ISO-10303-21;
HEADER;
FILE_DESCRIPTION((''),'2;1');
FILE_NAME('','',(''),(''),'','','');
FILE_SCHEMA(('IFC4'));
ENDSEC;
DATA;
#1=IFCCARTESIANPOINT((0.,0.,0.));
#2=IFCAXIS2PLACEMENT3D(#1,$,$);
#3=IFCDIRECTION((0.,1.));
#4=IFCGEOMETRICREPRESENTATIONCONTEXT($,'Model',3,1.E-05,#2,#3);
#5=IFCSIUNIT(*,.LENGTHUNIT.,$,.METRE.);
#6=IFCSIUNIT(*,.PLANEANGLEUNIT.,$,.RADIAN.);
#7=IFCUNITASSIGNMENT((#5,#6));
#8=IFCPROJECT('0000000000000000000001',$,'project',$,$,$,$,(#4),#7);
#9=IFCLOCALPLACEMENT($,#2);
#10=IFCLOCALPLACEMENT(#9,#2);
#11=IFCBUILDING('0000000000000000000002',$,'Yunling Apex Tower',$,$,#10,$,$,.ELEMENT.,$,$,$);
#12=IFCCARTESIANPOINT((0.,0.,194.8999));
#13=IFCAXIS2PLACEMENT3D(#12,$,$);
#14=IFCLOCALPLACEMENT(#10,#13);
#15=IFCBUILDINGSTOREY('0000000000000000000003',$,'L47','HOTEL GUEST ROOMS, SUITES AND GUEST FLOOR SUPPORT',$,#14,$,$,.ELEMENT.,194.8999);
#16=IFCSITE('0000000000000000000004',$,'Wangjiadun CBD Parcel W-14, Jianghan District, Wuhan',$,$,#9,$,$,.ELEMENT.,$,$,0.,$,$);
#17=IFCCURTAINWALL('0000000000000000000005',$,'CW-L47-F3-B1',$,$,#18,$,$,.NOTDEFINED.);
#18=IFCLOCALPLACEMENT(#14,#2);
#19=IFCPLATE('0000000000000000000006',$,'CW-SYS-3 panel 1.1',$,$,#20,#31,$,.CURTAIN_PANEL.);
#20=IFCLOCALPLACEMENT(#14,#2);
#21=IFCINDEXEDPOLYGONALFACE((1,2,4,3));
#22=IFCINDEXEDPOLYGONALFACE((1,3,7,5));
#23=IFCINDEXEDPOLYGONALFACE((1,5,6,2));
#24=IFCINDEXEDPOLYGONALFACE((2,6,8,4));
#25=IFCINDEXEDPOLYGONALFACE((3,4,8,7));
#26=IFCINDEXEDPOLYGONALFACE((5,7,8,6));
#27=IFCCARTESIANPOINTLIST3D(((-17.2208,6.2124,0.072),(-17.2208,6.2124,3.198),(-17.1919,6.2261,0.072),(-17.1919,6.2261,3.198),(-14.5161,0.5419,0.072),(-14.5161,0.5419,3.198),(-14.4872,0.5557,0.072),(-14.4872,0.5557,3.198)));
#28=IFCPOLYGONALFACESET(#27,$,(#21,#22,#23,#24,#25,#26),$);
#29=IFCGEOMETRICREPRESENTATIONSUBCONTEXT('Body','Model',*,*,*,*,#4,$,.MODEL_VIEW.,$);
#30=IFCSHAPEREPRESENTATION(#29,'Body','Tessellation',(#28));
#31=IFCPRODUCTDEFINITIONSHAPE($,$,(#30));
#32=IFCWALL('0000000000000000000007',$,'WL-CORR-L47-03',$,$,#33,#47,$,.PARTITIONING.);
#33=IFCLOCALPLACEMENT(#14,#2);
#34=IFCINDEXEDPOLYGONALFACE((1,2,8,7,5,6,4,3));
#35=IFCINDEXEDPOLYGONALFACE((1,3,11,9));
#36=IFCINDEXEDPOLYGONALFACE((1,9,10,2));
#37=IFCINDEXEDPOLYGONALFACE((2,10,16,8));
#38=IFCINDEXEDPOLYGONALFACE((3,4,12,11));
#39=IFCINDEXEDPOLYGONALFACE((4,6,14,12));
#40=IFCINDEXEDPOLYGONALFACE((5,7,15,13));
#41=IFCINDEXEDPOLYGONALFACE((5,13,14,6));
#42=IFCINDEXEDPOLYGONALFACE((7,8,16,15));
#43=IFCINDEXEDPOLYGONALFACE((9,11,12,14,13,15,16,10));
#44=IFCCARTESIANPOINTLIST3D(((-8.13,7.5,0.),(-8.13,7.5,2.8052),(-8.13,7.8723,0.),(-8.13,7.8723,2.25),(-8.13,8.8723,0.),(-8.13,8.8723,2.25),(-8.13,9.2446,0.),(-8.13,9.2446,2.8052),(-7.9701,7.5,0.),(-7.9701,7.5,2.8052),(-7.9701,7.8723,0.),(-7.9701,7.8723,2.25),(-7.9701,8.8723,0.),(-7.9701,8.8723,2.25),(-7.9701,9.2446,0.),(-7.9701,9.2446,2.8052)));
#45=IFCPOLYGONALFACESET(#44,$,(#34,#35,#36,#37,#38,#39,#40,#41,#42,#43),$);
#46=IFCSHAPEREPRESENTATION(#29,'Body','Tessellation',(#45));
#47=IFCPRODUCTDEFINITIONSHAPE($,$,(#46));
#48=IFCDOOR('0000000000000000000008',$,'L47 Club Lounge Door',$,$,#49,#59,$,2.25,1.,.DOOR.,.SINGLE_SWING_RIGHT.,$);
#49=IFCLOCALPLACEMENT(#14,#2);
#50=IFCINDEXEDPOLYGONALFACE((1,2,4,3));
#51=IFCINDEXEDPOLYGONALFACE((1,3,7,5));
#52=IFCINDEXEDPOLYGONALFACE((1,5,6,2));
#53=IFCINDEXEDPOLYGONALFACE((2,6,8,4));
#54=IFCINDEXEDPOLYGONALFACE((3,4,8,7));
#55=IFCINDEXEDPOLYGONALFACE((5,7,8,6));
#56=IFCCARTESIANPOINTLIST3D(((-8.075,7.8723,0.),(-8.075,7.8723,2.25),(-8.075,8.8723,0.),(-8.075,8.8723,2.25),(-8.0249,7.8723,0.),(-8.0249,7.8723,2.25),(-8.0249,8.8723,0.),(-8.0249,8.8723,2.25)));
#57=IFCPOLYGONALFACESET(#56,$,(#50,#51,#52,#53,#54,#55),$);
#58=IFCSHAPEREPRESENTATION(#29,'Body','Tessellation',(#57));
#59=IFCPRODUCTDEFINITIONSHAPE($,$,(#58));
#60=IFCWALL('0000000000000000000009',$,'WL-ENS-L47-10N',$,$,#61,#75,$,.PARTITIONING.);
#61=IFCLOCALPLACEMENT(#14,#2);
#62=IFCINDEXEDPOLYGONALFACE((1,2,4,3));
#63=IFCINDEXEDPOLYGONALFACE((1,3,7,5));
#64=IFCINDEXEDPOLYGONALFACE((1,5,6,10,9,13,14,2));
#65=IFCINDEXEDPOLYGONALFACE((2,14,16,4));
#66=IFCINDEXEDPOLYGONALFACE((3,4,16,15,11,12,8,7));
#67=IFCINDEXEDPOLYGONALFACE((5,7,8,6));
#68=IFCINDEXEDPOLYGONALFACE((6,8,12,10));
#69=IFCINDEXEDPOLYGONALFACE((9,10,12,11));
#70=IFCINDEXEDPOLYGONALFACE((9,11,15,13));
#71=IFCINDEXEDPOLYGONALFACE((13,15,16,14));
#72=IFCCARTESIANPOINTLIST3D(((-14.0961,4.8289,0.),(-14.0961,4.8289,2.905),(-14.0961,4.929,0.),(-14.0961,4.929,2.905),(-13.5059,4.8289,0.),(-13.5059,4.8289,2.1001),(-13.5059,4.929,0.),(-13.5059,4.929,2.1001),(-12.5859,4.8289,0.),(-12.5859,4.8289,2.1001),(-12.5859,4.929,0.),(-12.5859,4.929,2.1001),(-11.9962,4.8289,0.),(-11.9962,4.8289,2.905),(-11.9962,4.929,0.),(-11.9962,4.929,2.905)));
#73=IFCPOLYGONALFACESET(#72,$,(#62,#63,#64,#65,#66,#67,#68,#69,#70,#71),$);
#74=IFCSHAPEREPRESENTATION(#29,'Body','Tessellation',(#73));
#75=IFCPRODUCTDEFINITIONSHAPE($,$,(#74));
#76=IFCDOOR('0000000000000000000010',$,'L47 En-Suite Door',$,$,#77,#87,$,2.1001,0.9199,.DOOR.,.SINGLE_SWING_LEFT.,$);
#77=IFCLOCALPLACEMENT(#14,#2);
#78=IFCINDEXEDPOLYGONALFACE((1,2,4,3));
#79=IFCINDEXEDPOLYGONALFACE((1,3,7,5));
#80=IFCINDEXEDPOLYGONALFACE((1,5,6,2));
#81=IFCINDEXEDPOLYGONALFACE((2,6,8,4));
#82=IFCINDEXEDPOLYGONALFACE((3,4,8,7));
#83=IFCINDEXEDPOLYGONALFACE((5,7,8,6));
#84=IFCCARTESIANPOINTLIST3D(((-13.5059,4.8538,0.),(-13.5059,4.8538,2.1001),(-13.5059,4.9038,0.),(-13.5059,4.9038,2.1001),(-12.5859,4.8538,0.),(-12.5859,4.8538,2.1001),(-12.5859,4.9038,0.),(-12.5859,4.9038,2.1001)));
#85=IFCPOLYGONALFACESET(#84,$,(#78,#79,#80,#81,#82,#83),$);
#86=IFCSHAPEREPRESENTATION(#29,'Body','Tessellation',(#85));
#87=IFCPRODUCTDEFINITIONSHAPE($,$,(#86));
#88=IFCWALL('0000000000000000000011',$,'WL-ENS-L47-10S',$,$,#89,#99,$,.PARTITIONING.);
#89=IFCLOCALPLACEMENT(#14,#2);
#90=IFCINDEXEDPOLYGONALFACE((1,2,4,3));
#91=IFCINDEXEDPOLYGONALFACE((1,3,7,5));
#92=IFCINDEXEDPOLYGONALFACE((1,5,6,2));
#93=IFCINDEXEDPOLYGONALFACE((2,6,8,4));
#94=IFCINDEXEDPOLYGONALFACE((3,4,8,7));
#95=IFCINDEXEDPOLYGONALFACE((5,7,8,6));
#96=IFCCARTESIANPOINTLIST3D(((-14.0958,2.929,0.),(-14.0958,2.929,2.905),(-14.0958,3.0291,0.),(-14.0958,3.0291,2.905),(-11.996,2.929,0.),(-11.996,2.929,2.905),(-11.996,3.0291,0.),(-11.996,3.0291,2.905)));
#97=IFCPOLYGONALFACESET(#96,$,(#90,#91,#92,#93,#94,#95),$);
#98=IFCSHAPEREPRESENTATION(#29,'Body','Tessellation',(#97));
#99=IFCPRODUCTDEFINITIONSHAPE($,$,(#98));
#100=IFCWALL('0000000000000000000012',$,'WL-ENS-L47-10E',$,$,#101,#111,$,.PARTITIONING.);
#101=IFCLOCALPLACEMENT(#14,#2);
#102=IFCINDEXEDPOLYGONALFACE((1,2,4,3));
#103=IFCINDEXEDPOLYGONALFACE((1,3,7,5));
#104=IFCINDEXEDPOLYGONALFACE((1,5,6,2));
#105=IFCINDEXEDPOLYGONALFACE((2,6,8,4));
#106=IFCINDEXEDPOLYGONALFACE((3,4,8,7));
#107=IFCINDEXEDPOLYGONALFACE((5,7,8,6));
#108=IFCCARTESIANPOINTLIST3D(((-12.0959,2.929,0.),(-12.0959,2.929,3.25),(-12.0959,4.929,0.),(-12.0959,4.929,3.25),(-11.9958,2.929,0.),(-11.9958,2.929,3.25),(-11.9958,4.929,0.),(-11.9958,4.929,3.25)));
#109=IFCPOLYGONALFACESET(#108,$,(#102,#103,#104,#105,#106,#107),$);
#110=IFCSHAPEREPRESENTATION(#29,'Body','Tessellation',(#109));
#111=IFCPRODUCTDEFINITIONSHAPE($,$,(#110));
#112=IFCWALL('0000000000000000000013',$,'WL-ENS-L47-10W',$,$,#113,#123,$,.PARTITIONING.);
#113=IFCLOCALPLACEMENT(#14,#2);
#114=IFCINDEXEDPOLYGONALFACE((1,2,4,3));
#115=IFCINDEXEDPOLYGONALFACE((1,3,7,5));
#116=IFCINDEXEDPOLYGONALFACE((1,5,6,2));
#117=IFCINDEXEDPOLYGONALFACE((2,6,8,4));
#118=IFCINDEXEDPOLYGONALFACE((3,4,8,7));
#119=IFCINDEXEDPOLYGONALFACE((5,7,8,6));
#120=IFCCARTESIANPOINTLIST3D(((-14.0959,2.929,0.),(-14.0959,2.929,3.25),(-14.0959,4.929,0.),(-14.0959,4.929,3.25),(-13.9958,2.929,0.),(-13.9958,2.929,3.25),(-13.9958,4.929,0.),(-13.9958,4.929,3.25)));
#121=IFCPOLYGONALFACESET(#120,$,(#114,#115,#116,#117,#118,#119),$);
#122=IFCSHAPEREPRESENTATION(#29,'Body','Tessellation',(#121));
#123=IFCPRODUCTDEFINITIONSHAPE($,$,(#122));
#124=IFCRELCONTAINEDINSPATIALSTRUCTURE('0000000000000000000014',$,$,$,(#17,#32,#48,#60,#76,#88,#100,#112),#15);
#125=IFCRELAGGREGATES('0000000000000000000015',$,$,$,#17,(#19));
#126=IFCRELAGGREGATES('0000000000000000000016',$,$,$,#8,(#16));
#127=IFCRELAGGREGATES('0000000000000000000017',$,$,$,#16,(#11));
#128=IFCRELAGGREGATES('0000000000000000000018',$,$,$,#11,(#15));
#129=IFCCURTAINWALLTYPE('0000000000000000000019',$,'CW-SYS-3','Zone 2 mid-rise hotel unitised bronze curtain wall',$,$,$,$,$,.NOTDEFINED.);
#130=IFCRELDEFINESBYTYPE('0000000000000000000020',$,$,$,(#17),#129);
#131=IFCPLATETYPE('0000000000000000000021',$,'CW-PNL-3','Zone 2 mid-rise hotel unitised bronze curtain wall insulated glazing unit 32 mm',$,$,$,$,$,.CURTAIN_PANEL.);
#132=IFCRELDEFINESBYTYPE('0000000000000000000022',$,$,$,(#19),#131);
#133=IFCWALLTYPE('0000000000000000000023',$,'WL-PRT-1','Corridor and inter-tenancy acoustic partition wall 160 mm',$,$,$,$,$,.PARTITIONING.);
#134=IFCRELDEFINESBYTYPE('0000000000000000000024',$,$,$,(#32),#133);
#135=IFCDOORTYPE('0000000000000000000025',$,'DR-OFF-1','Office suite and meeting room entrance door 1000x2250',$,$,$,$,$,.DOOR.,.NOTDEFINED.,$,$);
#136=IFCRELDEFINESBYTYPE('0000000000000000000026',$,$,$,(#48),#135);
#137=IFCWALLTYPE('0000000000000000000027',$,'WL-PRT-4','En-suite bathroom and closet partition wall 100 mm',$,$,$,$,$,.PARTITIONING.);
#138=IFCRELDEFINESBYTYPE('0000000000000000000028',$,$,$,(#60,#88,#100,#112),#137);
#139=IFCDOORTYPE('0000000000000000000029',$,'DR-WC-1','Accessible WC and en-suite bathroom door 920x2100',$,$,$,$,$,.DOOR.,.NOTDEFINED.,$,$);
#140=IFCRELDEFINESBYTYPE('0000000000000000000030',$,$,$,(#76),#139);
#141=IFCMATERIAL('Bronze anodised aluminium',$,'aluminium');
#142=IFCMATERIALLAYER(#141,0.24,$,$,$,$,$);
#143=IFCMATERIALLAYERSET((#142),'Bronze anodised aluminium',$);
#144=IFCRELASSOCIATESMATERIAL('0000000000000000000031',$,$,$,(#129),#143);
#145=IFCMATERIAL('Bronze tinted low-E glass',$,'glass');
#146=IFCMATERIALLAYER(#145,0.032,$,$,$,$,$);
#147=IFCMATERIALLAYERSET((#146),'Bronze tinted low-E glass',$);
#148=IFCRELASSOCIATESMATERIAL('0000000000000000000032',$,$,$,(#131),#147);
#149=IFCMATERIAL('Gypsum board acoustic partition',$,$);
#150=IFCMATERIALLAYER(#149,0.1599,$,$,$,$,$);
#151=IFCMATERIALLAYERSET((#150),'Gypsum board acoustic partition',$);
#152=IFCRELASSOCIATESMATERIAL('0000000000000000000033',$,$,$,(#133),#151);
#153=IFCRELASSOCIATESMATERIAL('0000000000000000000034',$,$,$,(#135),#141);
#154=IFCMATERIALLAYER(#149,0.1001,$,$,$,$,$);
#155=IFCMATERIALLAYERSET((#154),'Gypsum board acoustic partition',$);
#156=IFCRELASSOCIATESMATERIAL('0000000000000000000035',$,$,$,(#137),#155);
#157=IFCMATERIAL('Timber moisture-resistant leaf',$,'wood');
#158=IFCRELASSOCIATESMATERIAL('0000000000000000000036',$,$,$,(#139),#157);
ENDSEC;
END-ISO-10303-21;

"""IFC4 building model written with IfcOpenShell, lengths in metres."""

from ifc_helpers import new_model, si_unit, direction, frame, frame_2d, origin, origin_2d, place, context, subcontext, project, spatial, rectangle, extrude, source, transform, mapped, material, layer, layer_set, type_object, element, fill, aggregate, save


model = new_model("IFC4")

# Units and contexts
model_context = context("Model", 3, precision=1e-05, world=origin(), true_north=direction((0.0, 1.0)))
body_context = subcontext(model_context, "Body", "Model", "MODEL_VIEW")
ifc_project = project(units=[si_unit("LENGTHUNIT", "METRE"), si_unit("PLANEANGLEUNIT", "RADIAN")], contexts=[model_context])

# Site, building, storey
site_placement = place(None, origin())
site = spatial("IfcSite", under=ifc_project, at=site_placement, Name="Wangjiadun CBD Parcel W-14, Jianghan District, Wuhan", CompositionType="ELEMENT", RefElevation=0.0)
building_placement = place(site_placement, origin())
building = spatial("IfcBuilding", under=site, at=building_placement, Name="Yunling Apex Tower", CompositionType="ELEMENT")
storey_placement = place(building_placement, frame((0.0, 0.0, 194.8999)))
storey = spatial("IfcBuildingStorey", under=building, at=storey_placement, Name="L47", Description="HOTEL GUEST ROOMS, SUITES AND GUEST FLOOR SUPPORT", CompositionType="ELEMENT", Elevation=194.8999)

# Shared definitions
ifc_material_1 = material(Name="Bronze anodised aluminium", Category="aluminium")
ifc_layer_1 = layer(ifc_material_1, 0.24)
ifc_layer_set_1 = layer_set([ifc_layer_1], Name="Bronze anodised aluminium")
curtain_wall_type = type_object("IfcCurtainWallType", Name="CW-SYS-3", Description="Zone 2 mid-rise hotel unitised bronze curtain wall", PredefinedType="NOTDEFINED", material=ifc_layer_set_1)

# Curtain wall
curtain_wall_1_placement = place(storey_placement, origin())
curtain_wall_1 = element("IfcCurtainWall", 1, at=curtain_wall_1_placement, inside=storey, type_object=curtain_wall_type, Name="CW-L47-F3-B1", PredefinedType="NOTDEFINED")

# Plate
ifc_material_2 = material(Name="Bronze tinted low-E glass", Category="glass")
ifc_layer_2 = layer(ifc_material_2, 0.032)
ifc_layer_set_2 = layer_set([ifc_layer_2], Name="Bronze tinted low-E glass")
plate_type = type_object("IfcPlateType", Name="CW-PNL-3", Description="Zone 2 mid-rise hotel unitised bronze curtain wall insulated glazing unit 32 mm", PredefinedType="CURTAIN_PANEL", material=ifc_layer_set_2)
shared_shape_1 = source(origin(), body_context, "Body", "SweptSolid", [
    extrude(rectangle(XDim=6.2825, YDim=0.032, at=origin_2d()), origin(), (0.0, 0.0, 1.0), 3.126),
])
plate_1_placement = place(storey_placement, frame((-15.854, 3.384, 0.072), z_axis=(0.0, 0.0, 1.0), x_axis=(0.430518, -0.902582, 0.0)))
plate_1 = element("IfcPlate", 2, at=plate_1_placement, type_object=plate_type, Name="CW-SYS-3 panel 1.1", PredefinedType="CURTAIN_PANEL", context=body_context, shape_type="MappedRepresentation", body=[
    mapped(shared_shape_1, transform((0.0, 0.0, 0.0), scale=1.0)),
])
aggregate(curtain_wall_1, [plate_1])

# Walls, openings, doors
ifc_material_3 = material(Name="Gypsum board acoustic partition")
ifc_layer_3 = layer(ifc_material_3, 0.1599)
ifc_layer_set_3 = layer_set([ifc_layer_3], Name="Gypsum board acoustic partition")
wall_type_1 = type_object("IfcWallType", Name="WL-PRT-1", Description="Corridor and inter-tenancy acoustic partition wall 160 mm", PredefinedType="PARTITIONING", material=ifc_layer_set_3)
wall_1_placement = place(storey_placement, frame((-8.05, 7.5, 0.0), z_axis=(0.0, 0.0, 1.0), x_axis=(0.0, 1.0, 0.0)))
wall_1 = element("IfcWall", 3, at=wall_1_placement, inside=storey, type_object=wall_type_1, Name="WL-CORR-L47-03", PredefinedType="PARTITIONING", context=body_context, shape_type="SweptSolid", body=[
    extrude(rectangle(XDim=1.7446, YDim=0.1599, at=frame_2d((0.8723, 0.0))), origin(), (0.0, 0.0, 1.0), 2.8052),
])
opening_1_placement = place(wall_1_placement, frame((0.3723, 0.0, 0.0)))
opening_1 = element("IfcOpeningElement", 4, at=opening_1_placement, cuts=wall_1, PredefinedType="OPENING", context=body_context, shape_type="SweptSolid", body=[
    extrude(rectangle(XDim=1.0, YDim=2.25, at=frame_2d((0.5, 1.125))), frame((0.0, 0.0898, 0.0), z_axis=(0.0, -1.0, 0.0), x_axis=(1.0, 0.0, 0.0)), (0.0, 0.0, 1.0), 0.1799),
])
door_type_1 = type_object("IfcDoorType", Name="DR-OFF-1", Description="Office suite and meeting room entrance door 1000x2250", OperationType="NOTDEFINED", PredefinedType="DOOR", material=ifc_material_1)
door_1_placement = place(opening_1_placement, origin())
door_1 = element("IfcDoor", 5, at=door_1_placement, inside=storey, type_object=door_type_1, Name="L47 Club Lounge Door", OperationType="SINGLE_SWING_RIGHT", OverallHeight=2.25, OverallWidth=1.0, PredefinedType="DOOR", context=body_context, shape_type="SweptSolid", body=[
    extrude(rectangle(XDim=1.0, YDim=2.25, at=frame_2d((0.5, 1.125))), frame((0.0, 0.0249, 0.0), z_axis=(0.0, -1.0, 0.0), x_axis=(1.0, 0.0, 0.0)), (0.0, 0.0, 1.0), 0.05),
])
fill(opening_1, door_1)
ifc_layer_4 = layer(ifc_material_3, 0.1001)
ifc_layer_set_4 = layer_set([ifc_layer_4], Name="Gypsum board acoustic partition")
wall_type_2 = type_object("IfcWallType", Name="WL-PRT-4", Description="En-suite bathroom and closet partition wall 100 mm", PredefinedType="PARTITIONING", material=ifc_layer_set_4)
wall_2_placement = place(storey_placement, frame((-14.0959, 4.8789, 0.0), z_axis=(0.0, 0.0, 1.0), x_axis=(1.0, 0.0, 0.0)))
wall_2 = element("IfcWall", 6, at=wall_2_placement, inside=storey, type_object=wall_type_2, Name="WL-ENS-L47-10N", PredefinedType="PARTITIONING", context=body_context, shape_type="SweptSolid", body=[
    extrude(rectangle(XDim=2.0999, YDim=0.1001, at=frame_2d((1.0498, 0.0))), origin(), (0.0, 0.0, 1.0), 2.905),
])
opening_2_placement = place(wall_2_placement, frame((0.5901, 0.0, 0.0)))
opening_2 = element("IfcOpeningElement", 7, at=opening_2_placement, cuts=wall_2, PredefinedType="OPENING", context=body_context, shape_type="SweptSolid", body=[
    extrude(rectangle(XDim=0.9199, YDim=2.1001, at=frame_2d((0.46, 1.05))), frame((0.0, 0.0601, 0.0), z_axis=(0.0, -1.0, 0.0), x_axis=(1.0, 0.0, 0.0)), (0.0, 0.0, 1.0), 0.1201),
])
ifc_material_4 = material(Name="Timber moisture-resistant leaf", Category="wood")
door_type_2 = type_object("IfcDoorType", Name="DR-WC-1", Description="Accessible WC and en-suite bathroom door 920x2100", OperationType="NOTDEFINED", PredefinedType="DOOR", material=ifc_material_4)
door_2_placement = place(opening_2_placement, origin())
door_2 = element("IfcDoor", 8, at=door_2_placement, inside=storey, type_object=door_type_2, Name="L47 En-Suite Door", OperationType="SINGLE_SWING_LEFT", OverallHeight=2.1001, OverallWidth=0.9199, PredefinedType="DOOR", context=body_context, shape_type="SweptSolid", body=[
    extrude(rectangle(XDim=0.9199, YDim=2.1001, at=frame_2d((0.46, 1.05))), frame((0.0, 0.0249, 0.0), z_axis=(0.0, -1.0, 0.0), x_axis=(1.0, 0.0, 0.0)), (0.0, 0.0, 1.0), 0.05),
])
fill(opening_2, door_2)

# Walls
wall_3_placement = place(storey_placement, frame((-11.9961, 2.979, 0.0), z_axis=(0.0, 0.0, 1.0), x_axis=(-1.0, 0.0, 0.0)))
element("IfcWall", 9, at=wall_3_placement, inside=storey, type_object=wall_type_2, Name="WL-ENS-L47-10S", PredefinedType="PARTITIONING", context=body_context, shape_type="SweptSolid", body=[
    extrude(rectangle(XDim=2.0999, YDim=0.1001, at=frame_2d((1.0498, 0.0))), origin(), (0.0, 0.0, 1.0), 2.905),
])
for number, where, z_axis, x_axis, name in (
    (10, (-12.0459, 4.929, 0.0), (0.0, 0.0, 1.0), (0.0, -1.0, 0.0), "WL-ENS-L47-10E"),
    (11, (-14.0459, 2.929, 0.0), (0.0, 0.0, 1.0), (0.0, 1.0, 0.0), "WL-ENS-L47-10W"),
):
    element("IfcWall", number, at=place(storey_placement, frame(where, z_axis=z_axis, x_axis=x_axis)), inside=storey, type_object=wall_type_2, Name=name, PredefinedType="PARTITIONING", context=body_context, shape_type="SweptSolid", body=[
        extrude(rectangle(XDim=2.0, YDim=0.1001, at=frame_2d((1.0, 0.0))), origin(), (0.0, 0.0, 1.0), 3.25),
    ])

save(model, "model.ifc")
